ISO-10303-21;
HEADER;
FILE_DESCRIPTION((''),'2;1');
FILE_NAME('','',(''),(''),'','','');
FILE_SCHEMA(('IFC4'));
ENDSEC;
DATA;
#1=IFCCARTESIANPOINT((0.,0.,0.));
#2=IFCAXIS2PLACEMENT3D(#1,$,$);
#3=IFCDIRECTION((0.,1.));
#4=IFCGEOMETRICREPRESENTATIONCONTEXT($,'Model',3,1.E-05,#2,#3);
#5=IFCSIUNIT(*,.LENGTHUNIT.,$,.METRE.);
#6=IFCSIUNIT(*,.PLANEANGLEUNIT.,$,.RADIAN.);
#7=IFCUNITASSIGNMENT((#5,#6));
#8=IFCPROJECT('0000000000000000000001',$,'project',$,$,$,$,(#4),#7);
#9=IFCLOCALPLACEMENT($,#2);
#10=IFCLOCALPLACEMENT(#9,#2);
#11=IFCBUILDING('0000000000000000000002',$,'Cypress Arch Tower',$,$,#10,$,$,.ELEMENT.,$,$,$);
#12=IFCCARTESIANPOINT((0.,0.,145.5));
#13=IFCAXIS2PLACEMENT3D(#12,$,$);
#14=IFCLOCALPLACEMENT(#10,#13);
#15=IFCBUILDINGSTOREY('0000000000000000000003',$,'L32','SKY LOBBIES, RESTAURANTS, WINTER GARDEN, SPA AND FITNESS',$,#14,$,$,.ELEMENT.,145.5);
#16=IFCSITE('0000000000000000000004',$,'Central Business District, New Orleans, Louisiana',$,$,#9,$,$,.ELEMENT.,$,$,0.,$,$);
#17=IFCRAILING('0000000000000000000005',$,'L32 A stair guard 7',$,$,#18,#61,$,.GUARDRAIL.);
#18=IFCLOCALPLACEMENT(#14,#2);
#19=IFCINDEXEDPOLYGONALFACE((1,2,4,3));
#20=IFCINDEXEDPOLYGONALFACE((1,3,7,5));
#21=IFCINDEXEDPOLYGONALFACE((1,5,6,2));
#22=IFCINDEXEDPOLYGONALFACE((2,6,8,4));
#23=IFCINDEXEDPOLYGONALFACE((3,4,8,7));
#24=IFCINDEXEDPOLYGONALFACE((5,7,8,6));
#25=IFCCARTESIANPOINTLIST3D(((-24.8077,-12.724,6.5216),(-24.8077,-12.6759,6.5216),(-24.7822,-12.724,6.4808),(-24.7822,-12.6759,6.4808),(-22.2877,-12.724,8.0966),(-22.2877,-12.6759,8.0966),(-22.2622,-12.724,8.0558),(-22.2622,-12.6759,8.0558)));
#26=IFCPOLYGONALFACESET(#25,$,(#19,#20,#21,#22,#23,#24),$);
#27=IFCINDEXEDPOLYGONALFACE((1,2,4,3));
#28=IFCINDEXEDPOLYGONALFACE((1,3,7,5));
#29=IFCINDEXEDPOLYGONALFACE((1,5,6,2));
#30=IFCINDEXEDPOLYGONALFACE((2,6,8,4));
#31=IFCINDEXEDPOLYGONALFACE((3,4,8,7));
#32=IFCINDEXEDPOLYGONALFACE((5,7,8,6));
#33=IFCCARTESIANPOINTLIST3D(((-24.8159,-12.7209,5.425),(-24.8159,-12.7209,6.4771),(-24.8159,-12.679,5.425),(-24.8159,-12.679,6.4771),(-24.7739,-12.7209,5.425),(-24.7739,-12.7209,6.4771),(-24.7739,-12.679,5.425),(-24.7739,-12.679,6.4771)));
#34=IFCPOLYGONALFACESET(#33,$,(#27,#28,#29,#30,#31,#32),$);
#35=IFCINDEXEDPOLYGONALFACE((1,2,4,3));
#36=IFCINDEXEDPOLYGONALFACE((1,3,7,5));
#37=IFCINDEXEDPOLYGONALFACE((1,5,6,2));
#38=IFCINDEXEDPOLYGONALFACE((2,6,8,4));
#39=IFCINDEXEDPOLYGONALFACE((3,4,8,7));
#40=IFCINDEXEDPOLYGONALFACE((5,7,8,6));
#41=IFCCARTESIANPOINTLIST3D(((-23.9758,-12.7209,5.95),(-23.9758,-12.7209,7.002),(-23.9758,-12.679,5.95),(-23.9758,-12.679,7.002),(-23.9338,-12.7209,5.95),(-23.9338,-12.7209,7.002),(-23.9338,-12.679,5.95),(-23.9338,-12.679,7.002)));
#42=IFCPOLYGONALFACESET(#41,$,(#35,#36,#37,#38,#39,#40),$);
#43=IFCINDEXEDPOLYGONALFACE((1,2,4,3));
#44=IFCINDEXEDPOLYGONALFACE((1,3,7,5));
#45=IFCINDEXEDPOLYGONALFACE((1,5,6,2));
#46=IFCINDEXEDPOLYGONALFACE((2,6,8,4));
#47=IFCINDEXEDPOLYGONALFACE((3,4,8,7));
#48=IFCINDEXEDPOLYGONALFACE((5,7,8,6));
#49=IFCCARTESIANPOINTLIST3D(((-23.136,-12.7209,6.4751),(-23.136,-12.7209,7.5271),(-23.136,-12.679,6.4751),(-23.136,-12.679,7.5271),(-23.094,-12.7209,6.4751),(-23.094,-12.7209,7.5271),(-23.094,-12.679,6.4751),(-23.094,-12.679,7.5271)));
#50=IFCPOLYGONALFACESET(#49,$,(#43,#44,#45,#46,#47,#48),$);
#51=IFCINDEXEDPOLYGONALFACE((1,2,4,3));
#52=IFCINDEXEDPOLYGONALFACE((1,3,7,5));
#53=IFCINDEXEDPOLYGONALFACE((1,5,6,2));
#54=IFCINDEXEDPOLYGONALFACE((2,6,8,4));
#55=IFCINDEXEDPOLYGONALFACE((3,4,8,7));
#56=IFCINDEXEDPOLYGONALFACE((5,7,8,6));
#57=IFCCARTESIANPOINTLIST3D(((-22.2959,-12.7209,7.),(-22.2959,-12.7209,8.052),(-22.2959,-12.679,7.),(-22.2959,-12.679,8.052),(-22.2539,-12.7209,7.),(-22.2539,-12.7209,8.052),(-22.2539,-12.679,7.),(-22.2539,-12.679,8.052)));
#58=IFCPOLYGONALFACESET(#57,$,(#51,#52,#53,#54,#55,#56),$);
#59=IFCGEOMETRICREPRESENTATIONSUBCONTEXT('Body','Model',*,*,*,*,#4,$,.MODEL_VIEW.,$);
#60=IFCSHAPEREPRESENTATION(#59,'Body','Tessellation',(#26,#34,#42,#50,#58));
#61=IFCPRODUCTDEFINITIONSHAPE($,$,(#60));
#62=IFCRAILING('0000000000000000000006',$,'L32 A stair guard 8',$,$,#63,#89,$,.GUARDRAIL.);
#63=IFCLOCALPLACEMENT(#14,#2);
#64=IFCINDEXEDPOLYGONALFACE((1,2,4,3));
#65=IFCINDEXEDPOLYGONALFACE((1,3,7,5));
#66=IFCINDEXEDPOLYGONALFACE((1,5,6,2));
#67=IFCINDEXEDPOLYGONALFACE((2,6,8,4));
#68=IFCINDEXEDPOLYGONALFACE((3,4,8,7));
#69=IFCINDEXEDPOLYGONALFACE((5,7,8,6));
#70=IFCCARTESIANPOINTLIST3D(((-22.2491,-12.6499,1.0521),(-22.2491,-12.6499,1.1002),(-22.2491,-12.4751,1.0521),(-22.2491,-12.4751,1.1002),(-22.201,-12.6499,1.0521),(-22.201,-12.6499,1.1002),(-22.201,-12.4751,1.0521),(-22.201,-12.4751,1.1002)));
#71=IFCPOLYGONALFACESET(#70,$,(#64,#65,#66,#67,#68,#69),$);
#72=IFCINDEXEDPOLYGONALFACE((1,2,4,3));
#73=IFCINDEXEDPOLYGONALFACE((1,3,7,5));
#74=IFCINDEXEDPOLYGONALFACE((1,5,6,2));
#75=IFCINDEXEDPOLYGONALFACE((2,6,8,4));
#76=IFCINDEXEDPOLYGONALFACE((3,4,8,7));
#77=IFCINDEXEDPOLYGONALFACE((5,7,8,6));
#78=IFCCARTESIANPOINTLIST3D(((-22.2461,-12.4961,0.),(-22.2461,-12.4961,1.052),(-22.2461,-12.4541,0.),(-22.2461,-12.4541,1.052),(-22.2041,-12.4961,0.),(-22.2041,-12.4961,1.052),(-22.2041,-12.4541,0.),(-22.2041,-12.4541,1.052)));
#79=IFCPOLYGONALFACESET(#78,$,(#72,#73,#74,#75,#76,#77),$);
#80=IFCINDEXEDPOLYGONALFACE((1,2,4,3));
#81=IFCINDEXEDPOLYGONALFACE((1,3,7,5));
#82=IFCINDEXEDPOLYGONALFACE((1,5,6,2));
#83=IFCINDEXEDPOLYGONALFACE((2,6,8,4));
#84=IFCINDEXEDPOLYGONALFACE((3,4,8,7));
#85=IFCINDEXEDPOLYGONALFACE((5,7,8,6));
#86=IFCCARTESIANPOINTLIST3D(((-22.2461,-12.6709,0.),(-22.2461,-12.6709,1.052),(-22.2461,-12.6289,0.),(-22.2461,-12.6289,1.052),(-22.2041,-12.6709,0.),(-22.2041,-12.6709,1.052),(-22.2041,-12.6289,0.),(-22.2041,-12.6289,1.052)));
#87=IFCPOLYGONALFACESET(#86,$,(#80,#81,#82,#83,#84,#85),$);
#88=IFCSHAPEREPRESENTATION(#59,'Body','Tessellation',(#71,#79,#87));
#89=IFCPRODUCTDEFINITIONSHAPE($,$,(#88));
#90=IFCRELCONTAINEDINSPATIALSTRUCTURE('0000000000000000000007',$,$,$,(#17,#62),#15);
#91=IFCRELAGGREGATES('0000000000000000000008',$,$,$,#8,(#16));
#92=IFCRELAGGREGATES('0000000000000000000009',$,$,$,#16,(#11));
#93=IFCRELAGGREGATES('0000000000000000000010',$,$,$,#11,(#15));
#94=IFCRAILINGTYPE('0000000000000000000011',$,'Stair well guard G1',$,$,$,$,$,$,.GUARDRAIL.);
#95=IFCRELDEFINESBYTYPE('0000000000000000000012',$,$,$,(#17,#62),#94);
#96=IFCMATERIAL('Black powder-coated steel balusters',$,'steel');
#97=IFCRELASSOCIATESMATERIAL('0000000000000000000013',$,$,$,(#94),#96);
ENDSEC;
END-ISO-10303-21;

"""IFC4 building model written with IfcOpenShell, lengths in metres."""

from ifc_helpers import new_model, si_unit, direction, frame, origin, origin_2d, place, context, subcontext, project, spatial, rectangle, extrude, material, type_object, element, save


model = new_model("IFC4")

# Units and contexts
model_context = context("Model", 3, precision=1e-05, world=origin(), true_north=direction((0.0, 1.0)))
body_context = subcontext(model_context, "Body", "Model", "MODEL_VIEW")
ifc_project = project(units=[si_unit("LENGTHUNIT", "METRE"), si_unit("PLANEANGLEUNIT", "RADIAN")], contexts=[model_context])

# Site, building, storey
site_placement = place(None, origin())
site = spatial("IfcSite", under=ifc_project, at=site_placement, Name="Central Business District, New Orleans, Louisiana", CompositionType="ELEMENT", RefElevation=0.0)
building_placement = place(site_placement, origin())
building = spatial("IfcBuilding", under=site, at=building_placement, Name="Cypress Arch Tower", CompositionType="ELEMENT")
storey_placement = place(building_placement, frame((0.0, 0.0, 145.5)))
storey = spatial("IfcBuildingStorey", under=building, at=storey_placement, Name="L32", Description="SKY LOBBIES, RESTAURANTS, WINTER GARDEN, SPA AND FITNESS", CompositionType="ELEMENT", Elevation=145.5)

# Railings
ifc_material_1 = material(Name="Black powder-coated steel balusters", Category="steel")
railing_type_1 = type_object("IfcRailingType", Name="Stair well guard G1", PredefinedType="GUARDRAIL", material=ifc_material_1)
railing_1_placement = place(storey_placement, frame((-24.7949, -12.7, 5.425)))
element("IfcRailing", 1, at=railing_1_placement, inside=storey, type_object=railing_type_1, Name="L32 A stair guard 7", PredefinedType="GUARDRAIL", context=body_context, shape_type="SweptSolid", body=[
    extrude(rectangle(XDim=0.0481, YDim=0.0481, at=origin_2d()), frame((0.0, 0.0, 1.0762), z_axis=(0.848008, 0.0, 0.529984), x_axis=(0.0, 1.0, 0.0)), (0.0, 0.0, 1.0), 2.9717),
    extrude(rectangle(XDim=0.042, YDim=0.042, at=origin_2d()), origin(), (0.0, 0.0, 1.0), 1.052),
    extrude(rectangle(XDim=0.042, YDim=0.042, at=origin_2d()), frame((0.8401, 0.0, 0.5249)), (0.0, 0.0, 1.0), 1.052),
    extrude(rectangle(XDim=0.042, YDim=0.042, at=origin_2d()), frame((1.6799, 0.0, 1.05)), (0.0, 0.0, 1.0), 1.052),
    extrude(rectangle(XDim=0.042, YDim=0.042, at=origin_2d()), frame((2.52, 0.0, 1.575)), (0.0, 0.0, 1.0), 1.052),
])
railing_2_placement = place(storey_placement, frame((-22.2251, -12.4751, 0.0)))
element("IfcRailing", 2, at=railing_2_placement, inside=storey, type_object=railing_type_1, Name="L32 A stair guard 8", PredefinedType="GUARDRAIL", context=body_context, shape_type="SweptSolid", body=[
    extrude(rectangle(XDim=0.0481, YDim=0.0481, at=origin_2d()), frame((0.0, 0.0, 1.0762), z_axis=(0.0, -1.0, 0.0), x_axis=(1.0, 0.0, 0.0)), (0.0, 0.0, 1.0), 0.1748),
    extrude(rectangle(XDim=0.042, YDim=0.042, at=origin_2d()), origin(), (0.0, 0.0, 1.0), 1.052),
    extrude(rectangle(XDim=0.042, YDim=0.042, at=origin_2d()), frame((0.0, -0.1748, 0.0)), (0.0, 0.0, 1.0), 1.052),
])

save(model, "model.ifc")
